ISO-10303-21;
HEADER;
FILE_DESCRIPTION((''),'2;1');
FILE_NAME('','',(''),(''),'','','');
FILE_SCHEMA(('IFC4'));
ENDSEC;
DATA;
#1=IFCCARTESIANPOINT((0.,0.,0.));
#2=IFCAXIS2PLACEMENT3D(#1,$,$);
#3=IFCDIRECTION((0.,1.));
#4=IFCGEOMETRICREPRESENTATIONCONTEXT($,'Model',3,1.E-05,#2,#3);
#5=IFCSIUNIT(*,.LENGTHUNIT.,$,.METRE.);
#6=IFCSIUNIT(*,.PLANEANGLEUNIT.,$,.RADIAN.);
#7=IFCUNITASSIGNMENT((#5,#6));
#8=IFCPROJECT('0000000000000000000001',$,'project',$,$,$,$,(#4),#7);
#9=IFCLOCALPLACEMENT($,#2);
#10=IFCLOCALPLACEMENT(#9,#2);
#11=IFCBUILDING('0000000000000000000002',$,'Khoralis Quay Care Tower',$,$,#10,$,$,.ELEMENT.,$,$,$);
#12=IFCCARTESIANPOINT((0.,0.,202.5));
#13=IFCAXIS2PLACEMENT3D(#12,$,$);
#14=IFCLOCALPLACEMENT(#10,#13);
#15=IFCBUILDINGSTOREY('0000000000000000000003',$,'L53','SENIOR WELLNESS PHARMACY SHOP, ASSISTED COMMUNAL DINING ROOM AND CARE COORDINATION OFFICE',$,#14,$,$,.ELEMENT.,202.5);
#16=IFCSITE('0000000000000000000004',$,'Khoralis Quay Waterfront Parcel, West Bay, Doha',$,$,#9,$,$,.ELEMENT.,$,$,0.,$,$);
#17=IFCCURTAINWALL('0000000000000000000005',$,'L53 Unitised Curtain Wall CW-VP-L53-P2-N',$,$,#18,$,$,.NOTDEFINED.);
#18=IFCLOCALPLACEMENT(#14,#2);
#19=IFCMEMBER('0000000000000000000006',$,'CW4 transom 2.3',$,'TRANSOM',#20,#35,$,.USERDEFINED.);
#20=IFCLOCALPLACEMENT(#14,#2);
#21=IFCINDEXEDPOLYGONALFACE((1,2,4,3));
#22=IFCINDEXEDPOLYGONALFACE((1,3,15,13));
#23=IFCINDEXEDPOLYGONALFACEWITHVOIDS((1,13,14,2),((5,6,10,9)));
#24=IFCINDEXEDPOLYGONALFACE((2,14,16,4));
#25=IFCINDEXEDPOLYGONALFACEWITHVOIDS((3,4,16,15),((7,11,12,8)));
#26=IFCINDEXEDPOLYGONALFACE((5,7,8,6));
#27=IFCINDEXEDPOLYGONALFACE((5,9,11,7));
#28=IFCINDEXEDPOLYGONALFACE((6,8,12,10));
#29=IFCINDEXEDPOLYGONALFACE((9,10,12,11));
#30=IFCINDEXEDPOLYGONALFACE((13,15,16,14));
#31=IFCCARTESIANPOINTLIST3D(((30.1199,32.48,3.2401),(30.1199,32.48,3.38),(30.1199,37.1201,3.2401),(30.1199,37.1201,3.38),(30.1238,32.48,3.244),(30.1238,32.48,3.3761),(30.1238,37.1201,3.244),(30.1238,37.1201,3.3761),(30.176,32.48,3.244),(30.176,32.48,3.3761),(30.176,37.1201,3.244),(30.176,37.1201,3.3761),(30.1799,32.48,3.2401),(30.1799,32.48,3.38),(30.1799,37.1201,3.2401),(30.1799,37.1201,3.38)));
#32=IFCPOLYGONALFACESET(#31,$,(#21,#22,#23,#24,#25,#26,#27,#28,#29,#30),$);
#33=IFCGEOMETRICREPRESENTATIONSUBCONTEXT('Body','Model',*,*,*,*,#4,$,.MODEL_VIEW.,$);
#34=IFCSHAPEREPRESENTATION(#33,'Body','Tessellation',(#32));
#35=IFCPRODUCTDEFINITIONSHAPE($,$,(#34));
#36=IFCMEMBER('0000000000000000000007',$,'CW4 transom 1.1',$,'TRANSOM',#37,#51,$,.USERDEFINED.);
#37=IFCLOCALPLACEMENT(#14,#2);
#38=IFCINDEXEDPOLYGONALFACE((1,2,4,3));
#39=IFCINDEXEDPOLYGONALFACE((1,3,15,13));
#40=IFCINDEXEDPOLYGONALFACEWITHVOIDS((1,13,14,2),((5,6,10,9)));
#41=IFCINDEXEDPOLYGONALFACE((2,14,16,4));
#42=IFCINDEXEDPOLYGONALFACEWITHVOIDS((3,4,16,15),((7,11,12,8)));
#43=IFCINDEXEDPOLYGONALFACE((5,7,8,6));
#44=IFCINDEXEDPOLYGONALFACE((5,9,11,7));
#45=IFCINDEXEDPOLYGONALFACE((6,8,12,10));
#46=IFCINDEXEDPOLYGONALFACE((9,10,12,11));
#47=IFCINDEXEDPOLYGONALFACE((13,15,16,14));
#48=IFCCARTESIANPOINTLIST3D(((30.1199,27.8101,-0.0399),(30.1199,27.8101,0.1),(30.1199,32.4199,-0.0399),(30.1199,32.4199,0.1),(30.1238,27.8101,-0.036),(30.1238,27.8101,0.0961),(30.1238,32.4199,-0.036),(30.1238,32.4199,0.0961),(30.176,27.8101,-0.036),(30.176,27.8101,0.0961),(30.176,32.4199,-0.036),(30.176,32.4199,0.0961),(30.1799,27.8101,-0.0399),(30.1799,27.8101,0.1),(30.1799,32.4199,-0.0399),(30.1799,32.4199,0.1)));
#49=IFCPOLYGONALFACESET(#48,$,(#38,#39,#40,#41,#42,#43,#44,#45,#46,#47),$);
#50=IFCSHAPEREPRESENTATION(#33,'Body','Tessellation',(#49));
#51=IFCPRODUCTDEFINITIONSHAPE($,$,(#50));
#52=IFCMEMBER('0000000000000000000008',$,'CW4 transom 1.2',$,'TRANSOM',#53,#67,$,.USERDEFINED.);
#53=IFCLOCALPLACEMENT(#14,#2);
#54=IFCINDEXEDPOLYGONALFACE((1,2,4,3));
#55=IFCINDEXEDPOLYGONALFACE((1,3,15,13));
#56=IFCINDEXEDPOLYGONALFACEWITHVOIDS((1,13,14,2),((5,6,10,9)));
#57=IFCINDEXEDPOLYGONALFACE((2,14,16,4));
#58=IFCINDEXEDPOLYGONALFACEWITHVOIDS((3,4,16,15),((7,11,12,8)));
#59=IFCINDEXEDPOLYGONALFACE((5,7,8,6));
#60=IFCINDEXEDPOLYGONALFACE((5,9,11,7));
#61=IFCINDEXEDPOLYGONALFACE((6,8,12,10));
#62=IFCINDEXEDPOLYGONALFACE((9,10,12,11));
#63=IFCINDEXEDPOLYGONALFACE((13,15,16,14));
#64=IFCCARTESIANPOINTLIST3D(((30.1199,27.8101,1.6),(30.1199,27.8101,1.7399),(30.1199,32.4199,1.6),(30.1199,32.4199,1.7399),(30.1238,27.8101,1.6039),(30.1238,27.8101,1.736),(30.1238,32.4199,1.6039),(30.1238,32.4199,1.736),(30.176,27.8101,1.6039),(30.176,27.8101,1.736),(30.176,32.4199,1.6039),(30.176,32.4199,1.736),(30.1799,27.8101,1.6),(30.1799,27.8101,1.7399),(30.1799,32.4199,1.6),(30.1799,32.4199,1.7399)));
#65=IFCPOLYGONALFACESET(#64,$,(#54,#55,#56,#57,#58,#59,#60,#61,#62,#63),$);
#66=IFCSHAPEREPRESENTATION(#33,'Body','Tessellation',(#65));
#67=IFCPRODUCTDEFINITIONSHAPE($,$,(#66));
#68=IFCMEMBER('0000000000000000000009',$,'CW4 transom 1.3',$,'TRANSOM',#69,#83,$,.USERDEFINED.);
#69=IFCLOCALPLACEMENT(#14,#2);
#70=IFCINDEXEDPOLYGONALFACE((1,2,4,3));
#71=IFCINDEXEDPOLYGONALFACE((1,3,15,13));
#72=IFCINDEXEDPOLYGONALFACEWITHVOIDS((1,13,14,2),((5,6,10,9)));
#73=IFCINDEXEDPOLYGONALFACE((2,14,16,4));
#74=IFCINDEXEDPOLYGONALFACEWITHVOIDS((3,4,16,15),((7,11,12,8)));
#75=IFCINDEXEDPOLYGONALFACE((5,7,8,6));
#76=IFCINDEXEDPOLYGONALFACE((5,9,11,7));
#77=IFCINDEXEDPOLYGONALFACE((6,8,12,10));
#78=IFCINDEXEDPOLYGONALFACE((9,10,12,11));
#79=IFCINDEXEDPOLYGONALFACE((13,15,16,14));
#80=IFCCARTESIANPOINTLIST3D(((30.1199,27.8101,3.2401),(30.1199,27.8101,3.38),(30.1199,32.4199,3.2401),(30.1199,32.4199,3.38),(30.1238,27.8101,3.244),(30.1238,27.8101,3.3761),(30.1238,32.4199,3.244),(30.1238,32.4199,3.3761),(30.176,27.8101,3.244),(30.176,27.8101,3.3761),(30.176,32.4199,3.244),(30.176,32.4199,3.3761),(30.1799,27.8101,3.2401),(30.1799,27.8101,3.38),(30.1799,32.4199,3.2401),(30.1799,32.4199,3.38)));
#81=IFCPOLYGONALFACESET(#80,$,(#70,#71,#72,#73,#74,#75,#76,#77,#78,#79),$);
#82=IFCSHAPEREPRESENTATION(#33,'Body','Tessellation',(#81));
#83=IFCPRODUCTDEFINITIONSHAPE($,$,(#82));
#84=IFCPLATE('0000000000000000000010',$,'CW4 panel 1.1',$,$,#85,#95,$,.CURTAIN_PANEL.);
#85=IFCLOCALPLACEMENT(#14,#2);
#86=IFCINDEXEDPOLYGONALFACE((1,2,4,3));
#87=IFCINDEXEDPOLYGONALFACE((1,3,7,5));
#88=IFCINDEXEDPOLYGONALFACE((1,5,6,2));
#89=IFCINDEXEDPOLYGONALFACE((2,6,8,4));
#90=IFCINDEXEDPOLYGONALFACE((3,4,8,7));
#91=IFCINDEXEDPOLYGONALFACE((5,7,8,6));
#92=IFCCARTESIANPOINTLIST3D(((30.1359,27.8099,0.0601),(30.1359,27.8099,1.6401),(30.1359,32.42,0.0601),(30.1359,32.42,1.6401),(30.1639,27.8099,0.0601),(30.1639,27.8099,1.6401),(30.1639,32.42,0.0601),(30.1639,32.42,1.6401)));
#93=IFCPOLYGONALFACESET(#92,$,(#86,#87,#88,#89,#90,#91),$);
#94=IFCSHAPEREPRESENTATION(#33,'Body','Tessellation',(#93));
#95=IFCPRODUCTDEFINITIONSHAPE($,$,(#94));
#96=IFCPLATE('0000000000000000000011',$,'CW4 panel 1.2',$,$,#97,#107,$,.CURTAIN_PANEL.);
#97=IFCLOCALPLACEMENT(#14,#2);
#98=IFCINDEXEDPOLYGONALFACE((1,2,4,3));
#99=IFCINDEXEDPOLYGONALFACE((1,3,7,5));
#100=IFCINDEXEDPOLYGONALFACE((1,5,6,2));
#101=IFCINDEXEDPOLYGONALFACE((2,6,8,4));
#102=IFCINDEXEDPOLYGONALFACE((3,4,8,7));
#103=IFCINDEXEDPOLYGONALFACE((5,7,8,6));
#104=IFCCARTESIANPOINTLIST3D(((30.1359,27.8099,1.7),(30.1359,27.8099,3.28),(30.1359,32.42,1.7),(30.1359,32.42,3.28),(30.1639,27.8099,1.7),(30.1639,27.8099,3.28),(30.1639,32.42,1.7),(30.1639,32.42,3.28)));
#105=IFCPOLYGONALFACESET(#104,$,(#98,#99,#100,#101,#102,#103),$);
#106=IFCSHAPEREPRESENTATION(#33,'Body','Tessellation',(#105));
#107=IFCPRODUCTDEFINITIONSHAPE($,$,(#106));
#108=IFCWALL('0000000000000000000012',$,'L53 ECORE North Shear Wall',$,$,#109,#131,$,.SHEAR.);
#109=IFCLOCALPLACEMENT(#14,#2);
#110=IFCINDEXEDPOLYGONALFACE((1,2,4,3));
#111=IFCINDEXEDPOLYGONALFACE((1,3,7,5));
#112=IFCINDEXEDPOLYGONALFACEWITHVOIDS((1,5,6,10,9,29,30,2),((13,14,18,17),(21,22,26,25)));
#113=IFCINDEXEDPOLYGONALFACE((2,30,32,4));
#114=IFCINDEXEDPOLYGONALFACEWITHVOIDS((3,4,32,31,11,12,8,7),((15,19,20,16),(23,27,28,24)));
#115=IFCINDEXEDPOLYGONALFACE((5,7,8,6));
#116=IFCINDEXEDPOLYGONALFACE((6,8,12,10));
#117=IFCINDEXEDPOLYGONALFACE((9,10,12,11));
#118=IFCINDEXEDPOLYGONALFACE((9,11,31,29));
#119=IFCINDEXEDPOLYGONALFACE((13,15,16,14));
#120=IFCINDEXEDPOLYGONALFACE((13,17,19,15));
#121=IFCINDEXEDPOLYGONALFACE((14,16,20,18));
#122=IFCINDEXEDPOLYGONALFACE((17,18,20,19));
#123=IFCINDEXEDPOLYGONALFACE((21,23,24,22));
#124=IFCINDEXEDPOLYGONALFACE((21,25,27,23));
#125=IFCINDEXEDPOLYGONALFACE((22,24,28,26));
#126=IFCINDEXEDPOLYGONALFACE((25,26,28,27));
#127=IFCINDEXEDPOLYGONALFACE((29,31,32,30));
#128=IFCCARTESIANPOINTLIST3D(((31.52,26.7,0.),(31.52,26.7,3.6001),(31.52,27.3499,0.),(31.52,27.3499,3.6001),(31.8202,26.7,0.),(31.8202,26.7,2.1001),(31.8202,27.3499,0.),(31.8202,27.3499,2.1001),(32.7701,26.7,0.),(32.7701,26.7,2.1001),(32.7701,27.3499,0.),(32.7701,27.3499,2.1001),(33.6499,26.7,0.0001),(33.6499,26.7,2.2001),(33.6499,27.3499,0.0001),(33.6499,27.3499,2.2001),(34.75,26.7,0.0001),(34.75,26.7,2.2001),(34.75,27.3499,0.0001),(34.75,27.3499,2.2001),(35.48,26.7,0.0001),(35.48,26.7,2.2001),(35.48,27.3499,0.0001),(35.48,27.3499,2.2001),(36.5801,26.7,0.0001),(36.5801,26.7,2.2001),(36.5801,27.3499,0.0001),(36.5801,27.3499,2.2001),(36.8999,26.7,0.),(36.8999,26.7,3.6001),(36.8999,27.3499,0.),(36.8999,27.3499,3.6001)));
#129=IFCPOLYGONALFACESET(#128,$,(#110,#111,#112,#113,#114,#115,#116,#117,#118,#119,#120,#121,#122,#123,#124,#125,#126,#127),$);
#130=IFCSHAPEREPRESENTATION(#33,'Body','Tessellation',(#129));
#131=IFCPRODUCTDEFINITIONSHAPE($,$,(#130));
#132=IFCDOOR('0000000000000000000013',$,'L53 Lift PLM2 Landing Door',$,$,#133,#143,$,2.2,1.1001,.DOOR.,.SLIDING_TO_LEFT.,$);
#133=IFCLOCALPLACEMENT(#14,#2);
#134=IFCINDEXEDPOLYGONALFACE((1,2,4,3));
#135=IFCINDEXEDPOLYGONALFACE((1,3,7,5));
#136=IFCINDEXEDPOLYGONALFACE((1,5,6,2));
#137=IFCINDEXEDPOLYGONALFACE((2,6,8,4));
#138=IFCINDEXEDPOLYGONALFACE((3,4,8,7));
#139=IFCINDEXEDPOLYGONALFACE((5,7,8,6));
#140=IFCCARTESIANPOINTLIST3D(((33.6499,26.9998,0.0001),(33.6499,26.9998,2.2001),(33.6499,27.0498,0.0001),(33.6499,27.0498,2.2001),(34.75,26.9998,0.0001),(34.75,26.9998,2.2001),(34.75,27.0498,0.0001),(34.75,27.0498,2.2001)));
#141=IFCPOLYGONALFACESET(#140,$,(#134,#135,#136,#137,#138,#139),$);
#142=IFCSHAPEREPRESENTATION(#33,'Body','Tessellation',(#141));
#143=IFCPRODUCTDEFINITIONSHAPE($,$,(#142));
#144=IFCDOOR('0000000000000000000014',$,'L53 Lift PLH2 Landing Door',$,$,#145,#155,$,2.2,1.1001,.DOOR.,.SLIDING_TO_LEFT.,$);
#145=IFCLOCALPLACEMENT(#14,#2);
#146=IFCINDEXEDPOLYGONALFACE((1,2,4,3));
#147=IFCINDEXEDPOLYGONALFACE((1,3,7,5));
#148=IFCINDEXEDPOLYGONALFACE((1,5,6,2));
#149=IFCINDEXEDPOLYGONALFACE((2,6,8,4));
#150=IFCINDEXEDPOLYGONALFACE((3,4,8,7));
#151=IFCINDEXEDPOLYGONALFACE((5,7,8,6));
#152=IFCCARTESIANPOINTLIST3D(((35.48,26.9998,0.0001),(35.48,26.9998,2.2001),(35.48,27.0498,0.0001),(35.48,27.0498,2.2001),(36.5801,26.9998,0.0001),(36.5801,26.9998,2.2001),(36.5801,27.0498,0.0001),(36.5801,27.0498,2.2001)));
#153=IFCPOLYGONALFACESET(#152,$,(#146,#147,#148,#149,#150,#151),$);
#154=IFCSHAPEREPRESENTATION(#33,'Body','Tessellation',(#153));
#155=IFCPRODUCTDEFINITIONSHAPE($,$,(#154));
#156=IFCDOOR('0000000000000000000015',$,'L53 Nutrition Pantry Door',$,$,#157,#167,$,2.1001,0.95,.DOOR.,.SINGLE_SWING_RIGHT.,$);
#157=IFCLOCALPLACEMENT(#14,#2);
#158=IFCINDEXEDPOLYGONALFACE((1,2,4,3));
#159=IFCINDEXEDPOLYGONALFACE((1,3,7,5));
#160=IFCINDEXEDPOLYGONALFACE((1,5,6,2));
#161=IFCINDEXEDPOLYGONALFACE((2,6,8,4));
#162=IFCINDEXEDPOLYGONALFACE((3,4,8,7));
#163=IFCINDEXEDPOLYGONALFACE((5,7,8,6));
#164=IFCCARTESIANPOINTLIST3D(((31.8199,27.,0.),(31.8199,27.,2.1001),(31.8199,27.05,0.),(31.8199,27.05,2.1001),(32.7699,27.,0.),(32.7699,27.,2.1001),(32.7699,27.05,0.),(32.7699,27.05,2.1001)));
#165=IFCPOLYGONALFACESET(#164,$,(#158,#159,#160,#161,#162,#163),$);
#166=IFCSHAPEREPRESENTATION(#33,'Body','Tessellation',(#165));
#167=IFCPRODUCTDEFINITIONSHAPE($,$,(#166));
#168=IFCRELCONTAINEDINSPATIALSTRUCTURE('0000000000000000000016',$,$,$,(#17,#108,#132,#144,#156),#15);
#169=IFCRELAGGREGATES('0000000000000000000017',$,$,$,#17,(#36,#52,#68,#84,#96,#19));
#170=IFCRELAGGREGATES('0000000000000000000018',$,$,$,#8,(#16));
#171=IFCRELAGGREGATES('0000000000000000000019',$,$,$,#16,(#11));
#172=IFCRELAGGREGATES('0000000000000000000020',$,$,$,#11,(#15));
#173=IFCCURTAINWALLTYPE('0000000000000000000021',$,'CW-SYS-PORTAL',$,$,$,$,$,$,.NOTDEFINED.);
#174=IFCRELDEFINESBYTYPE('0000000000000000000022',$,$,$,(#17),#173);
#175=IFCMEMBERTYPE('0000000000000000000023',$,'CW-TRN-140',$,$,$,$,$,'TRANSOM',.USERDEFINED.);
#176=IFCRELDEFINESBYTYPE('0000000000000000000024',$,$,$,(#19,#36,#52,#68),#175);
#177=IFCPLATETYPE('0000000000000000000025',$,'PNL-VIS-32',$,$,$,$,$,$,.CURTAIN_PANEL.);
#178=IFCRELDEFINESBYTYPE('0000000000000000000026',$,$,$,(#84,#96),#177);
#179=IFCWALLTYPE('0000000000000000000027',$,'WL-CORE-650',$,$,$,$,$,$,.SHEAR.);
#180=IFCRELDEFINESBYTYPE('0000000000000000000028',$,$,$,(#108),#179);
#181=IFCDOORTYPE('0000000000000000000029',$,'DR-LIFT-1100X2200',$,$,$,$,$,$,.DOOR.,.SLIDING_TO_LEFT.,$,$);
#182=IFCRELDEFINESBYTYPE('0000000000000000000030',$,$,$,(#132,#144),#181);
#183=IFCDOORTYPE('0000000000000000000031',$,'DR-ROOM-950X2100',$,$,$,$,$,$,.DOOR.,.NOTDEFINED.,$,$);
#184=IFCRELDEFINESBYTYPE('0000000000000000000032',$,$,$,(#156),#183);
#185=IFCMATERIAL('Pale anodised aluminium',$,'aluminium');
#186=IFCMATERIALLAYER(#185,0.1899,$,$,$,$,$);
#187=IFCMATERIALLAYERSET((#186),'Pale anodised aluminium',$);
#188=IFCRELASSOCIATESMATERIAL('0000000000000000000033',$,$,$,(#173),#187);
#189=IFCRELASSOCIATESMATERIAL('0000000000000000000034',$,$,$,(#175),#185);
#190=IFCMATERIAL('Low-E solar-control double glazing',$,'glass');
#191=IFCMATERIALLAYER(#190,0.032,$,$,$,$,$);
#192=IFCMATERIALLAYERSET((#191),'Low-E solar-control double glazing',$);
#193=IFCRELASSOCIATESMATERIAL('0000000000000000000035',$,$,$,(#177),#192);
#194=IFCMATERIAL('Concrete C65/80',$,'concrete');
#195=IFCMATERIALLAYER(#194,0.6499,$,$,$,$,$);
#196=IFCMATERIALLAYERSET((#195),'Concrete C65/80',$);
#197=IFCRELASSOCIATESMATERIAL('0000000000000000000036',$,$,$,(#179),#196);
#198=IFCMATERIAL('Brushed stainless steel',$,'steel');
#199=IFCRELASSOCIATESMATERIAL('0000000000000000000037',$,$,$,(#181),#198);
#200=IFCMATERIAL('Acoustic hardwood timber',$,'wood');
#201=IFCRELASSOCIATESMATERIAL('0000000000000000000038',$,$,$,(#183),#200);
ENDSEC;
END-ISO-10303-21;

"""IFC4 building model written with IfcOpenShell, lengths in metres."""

from ifc_helpers import new_model, si_unit, direction, frame, frame_2d, origin, origin_2d, place, context, subcontext, project, spatial, rectangle, hollow_rectangle, extrude, source, transform, mapped, material, layer, layer_set, material_profile, profile_set, type_object, element, fill, aggregate, save


model = new_model("IFC4")

# Units and contexts
model_context = context("Model", 3, precision=1e-05, world=origin(), true_north=direction((0.0, 1.0)))
body_context = subcontext(model_context, "Body", "Model", "MODEL_VIEW")
ifc_project = project(units=[si_unit("LENGTHUNIT", "METRE"), si_unit("PLANEANGLEUNIT", "RADIAN")], contexts=[model_context])

# Site, building, storey
site_placement = place(None, origin())
site = spatial("IfcSite", under=ifc_project, at=site_placement, Name="Khoralis Quay Waterfront Parcel, West Bay, Doha", CompositionType="ELEMENT", RefElevation=0.0)
building_placement = place(site_placement, origin())
building = spatial("IfcBuilding", under=site, at=building_placement, Name="Khoralis Quay Care Tower", CompositionType="ELEMENT")
storey_placement = place(building_placement, frame((0.0, 0.0, 202.5)))
storey = spatial("IfcBuildingStorey", under=building, at=storey_placement, Name="L53", Description="SENIOR WELLNESS PHARMACY SHOP, ASSISTED COMMUNAL DINING ROOM AND CARE COORDINATION OFFICE", CompositionType="ELEMENT", Elevation=202.5)

# Curtain wall, members, plates
ifc_material_1 = material(Name="Pale anodised aluminium", Category="aluminium")
ifc_layer_1 = layer(ifc_material_1, 0.1899)
ifc_layer_set_1 = layer_set([ifc_layer_1], Name="Pale anodised aluminium")
curtain_wall_type = type_object("IfcCurtainWallType", Name="CW-SYS-PORTAL", PredefinedType="NOTDEFINED", material=ifc_layer_set_1)
curtain_wall_placement = place(storey_placement, origin())
curtain_wall = element("IfcCurtainWall", 1, at=curtain_wall_placement, inside=storey, type_object=curtain_wall_type, Name="L53 Unitised Curtain Wall CW-VP-L53-P2-N", PredefinedType="NOTDEFINED")
ifc_material_profile_1 = material_profile(ifc_material_1, hollow_rectangle(XDim=0.0601, YDim=0.1399, WallThickness=0.0039, at=origin_2d()), Name="Pale anodised aluminium")
ifc_profile_set_1 = profile_set([ifc_material_profile_1], Name="Pale anodised aluminium")
member_type_1 = type_object("IfcMemberType", Name="CW-TRN-140", ElementType="TRANSOM", PredefinedType="USERDEFINED", material=ifc_profile_set_1)
shared_shape_1 = source(origin(), body_context, "Body", "SweptSolid", [
    extrude(hollow_rectangle(XDim=0.0601, YDim=0.1399, WallThickness=0.0039, at=origin_2d()), origin(), (0.0, 0.0, 1.0), 4.6401),
])
member_1_placement = place(storey_placement, frame((30.1499, 32.48, 3.3101), z_axis=(0.0, 1.0, 0.0), x_axis=(-1.0, 0.0, 0.0)))
member_1 = element("IfcMember", 2, at=member_1_placement, type_object=member_type_1, Name="CW4 transom 2.3", ObjectType="TRANSOM", PredefinedType="USERDEFINED", context=body_context, shape_type="MappedRepresentation", body=[
    mapped(shared_shape_1, transform((0.0, 0.0, 0.0), scale=1.0)),
])
shared_shape_2 = source(origin(), body_context, "Body", "SweptSolid", [
    extrude(hollow_rectangle(XDim=0.0601, YDim=0.1399, WallThickness=0.0039, at=origin_2d()), origin(), (0.0, 0.0, 1.0), 4.6099),
])
member_2_placement = place(storey_placement, frame((30.1499, 27.8101, 0.03), z_axis=(0.0, 1.0, 0.0), x_axis=(-1.0, 0.0, 0.0)))
member_2 = element("IfcMember", 3, at=member_2_placement, type_object=member_type_1, Name="CW4 transom 1.1", ObjectType="TRANSOM", PredefinedType="USERDEFINED", context=body_context, shape_type="MappedRepresentation", body=[
    mapped(shared_shape_2, transform((0.0, 0.0, 0.0), scale=1.0)),
])
member_3_placement = place(storey_placement, frame((30.1499, 27.8101, 1.6699), z_axis=(0.0, 1.0, 0.0), x_axis=(-1.0, 0.0, 0.0)))
member_3 = element("IfcMember", 4, at=member_3_placement, type_object=member_type_1, Name="CW4 transom 1.2", ObjectType="TRANSOM", PredefinedType="USERDEFINED", context=body_context, shape_type="MappedRepresentation", body=[
    mapped(shared_shape_2, transform((0.0, 0.0, 0.0), scale=1.0)),
])
member_4_placement = place(storey_placement, frame((30.1499, 27.8101, 3.3101), z_axis=(0.0, 1.0, 0.0), x_axis=(-1.0, 0.0, 0.0)))
member_4 = element("IfcMember", 5, at=member_4_placement, type_object=member_type_1, Name="CW4 transom 1.3", ObjectType="TRANSOM", PredefinedType="USERDEFINED", context=body_context, shape_type="MappedRepresentation", body=[
    mapped(shared_shape_2, transform((0.0, 0.0, 0.0), scale=1.0)),
])
ifc_material_2 = material(Name="Low-E solar-control double glazing", Category="glass")
ifc_layer_2 = layer(ifc_material_2, 0.032)
ifc_layer_set_2 = layer_set([ifc_layer_2], Name="Low-E solar-control double glazing")
plate_type = type_object("IfcPlateType", Name="PNL-VIS-32", PredefinedType="CURTAIN_PANEL", material=ifc_layer_set_2)
shared_shape_3 = source(origin(), body_context, "Body", "SweptSolid", [
    extrude(rectangle(XDim=4.6101, YDim=0.0281, at=origin_2d()), origin(), (0.0, 0.0, 1.0), 1.5801),
])
plate_1_placement = place(storey_placement, frame((30.1499, 30.115, 0.0601), z_axis=(0.0, 0.0, 1.0), x_axis=(0.0, 1.0, 0.0)))
plate_1 = element("IfcPlate", 6, at=plate_1_placement, type_object=plate_type, Name="CW4 panel 1.1", PredefinedType="CURTAIN_PANEL", context=body_context, shape_type="MappedRepresentation", body=[
    mapped(shared_shape_3, transform((0.0, 0.0, 0.0), scale=1.0)),
])
plate_2_placement = place(storey_placement, frame((30.1499, 30.115, 1.7), z_axis=(0.0, 0.0, 1.0), x_axis=(0.0, 1.0, 0.0)))
plate_2 = element("IfcPlate", 7, at=plate_2_placement, type_object=plate_type, Name="CW4 panel 1.2", PredefinedType="CURTAIN_PANEL", context=body_context, shape_type="MappedRepresentation", body=[
    mapped(shared_shape_3, transform((0.0, 0.0, 0.0), scale=1.0)),
])
aggregate(curtain_wall, [member_2, member_3, member_4, plate_1, plate_2, member_1])

# Wall, openings, doors
ifc_material_3 = material(Name="Concrete C65/80", Category="concrete")
ifc_layer_3 = layer(ifc_material_3, 0.6499)
ifc_layer_set_3 = layer_set([ifc_layer_3], Name="Concrete C65/80")
wall_type_1 = type_object("IfcWallType", Name="WL-CORE-650", PredefinedType="SHEAR", material=ifc_layer_set_3)
wall_1_placement = place(storey_placement, frame((31.52, 27.0249, 0.0), z_axis=(0.0, 0.0, 1.0), x_axis=(1.0, 0.0, 0.0)))
wall_1 = element("IfcWall", 8, at=wall_1_placement, inside=storey, type_object=wall_type_1, Name="L53 ECORE North Shear Wall", PredefinedType="SHEAR", context=body_context, shape_type="SweptSolid", body=[
    extrude(rectangle(XDim=5.3799, YDim=0.6499, at=frame_2d((2.6899, 0.0))), origin(), (0.0, 0.0, 1.0), 3.6001),
])
opening_1_placement = place(wall_1_placement, frame((0.3, 0.0, 0.0)))
opening_1 = element("IfcOpeningElement", 9, at=opening_1_placement, cuts=wall_1, PredefinedType="OPENING", context=body_context, shape_type="SweptSolid", body=[
    extrude(rectangle(XDim=0.95, YDim=2.1001, at=frame_2d((0.4751, 1.05))), frame((0.0, 0.335, 0.0), z_axis=(0.0, -1.0, 0.0), x_axis=(1.0, 0.0, 0.0)), (0.0, 0.0, 1.0), 0.6699),
])
opening_2_placement = place(wall_1_placement, frame((2.1299, 0.0, 0.0)))
opening_2 = element("IfcOpeningElement", 10, at=opening_2_placement, cuts=wall_1, PredefinedType="OPENING", context=body_context, shape_type="SweptSolid", body=[
    extrude(rectangle(XDim=1.1001, YDim=2.2, at=frame_2d((0.55, 1.1001))), frame((0.0, 0.335, 0.0), z_axis=(0.0, -1.0, 0.0), x_axis=(1.0, 0.0, 0.0)), (0.0, 0.0, 1.0), 0.6699),
])
opening_3_placement = place(wall_1_placement, frame((3.96, 0.0, 0.0)))
opening_3 = element("IfcOpeningElement", 11, at=opening_3_placement, cuts=wall_1, PredefinedType="OPENING", context=body_context, shape_type="SweptSolid", body=[
    extrude(rectangle(XDim=1.1001, YDim=2.2, at=frame_2d((0.55, 1.1001))), frame((0.0, 0.335, 0.0), z_axis=(0.0, -1.0, 0.0), x_axis=(1.0, 0.0, 0.0)), (0.0, 0.0, 1.0), 0.6699),
])
ifc_material_4 = material(Name="Brushed stainless steel", Category="steel")
door_type_1 = type_object("IfcDoorType", Name="DR-LIFT-1100X2200", OperationType="SLIDING_TO_LEFT", PredefinedType="DOOR", material=ifc_material_4)
shared_shape_4 = source(origin(), body_context, "Body", "SweptSolid", [
    extrude(rectangle(XDim=1.1001, YDim=2.2, at=frame_2d((0.55, 1.1001))), frame((0.0, 0.0249, 0.0), z_axis=(0.0, -1.0, 0.0), x_axis=(1.0, 0.0, 0.0)), (0.0, 0.0, 1.0), 0.05),
])
door_1_placement = place(opening_2_placement, origin())
door_1 = element("IfcDoor", 12, at=door_1_placement, inside=storey, type_object=door_type_1, Name="L53 Lift PLM2 Landing Door", OperationType="SLIDING_TO_LEFT", OverallHeight=2.2, OverallWidth=1.1001, PredefinedType="DOOR", context=body_context, shape_type="MappedRepresentation", body=[
    mapped(shared_shape_4, transform((0.0, 0.0, 0.0), scale=1.0)),
])
fill(opening_2, door_1)
door_2_placement = place(opening_3_placement, origin())
door_2 = element("IfcDoor", 13, at=door_2_placement, inside=storey, type_object=door_type_1, Name="L53 Lift PLH2 Landing Door", OperationType="SLIDING_TO_LEFT", OverallHeight=2.2, OverallWidth=1.1001, PredefinedType="DOOR", context=body_context, shape_type="MappedRepresentation", body=[
    mapped(shared_shape_4, transform((0.0, 0.0, 0.0), scale=1.0)),
])
fill(opening_3, door_2)
ifc_material_5 = material(Name="Acoustic hardwood timber", Category="wood")
door_type_2 = type_object("IfcDoorType", Name="DR-ROOM-950X2100", OperationType="NOTDEFINED", PredefinedType="DOOR", material=ifc_material_5)
shared_shape_5 = source(origin(), body_context, "Body", "SweptSolid", [
    extrude(rectangle(XDim=0.95, YDim=2.1001, at=frame_2d((0.4751, 1.05))), frame((0.0, 0.0249, 0.0), z_axis=(0.0, -1.0, 0.0), x_axis=(1.0, 0.0, 0.0)), (0.0, 0.0, 1.0), 0.05),
])
door_3_placement = place(opening_1_placement, frame((0.95, 0.0, 0.0), z_axis=(0.0, 0.0, 1.0), x_axis=(-1.0, 0.0, 0.0)))
door_3 = element("IfcDoor", 14, at=door_3_placement, inside=storey, type_object=door_type_2, Name="L53 Nutrition Pantry Door", OperationType="SINGLE_SWING_RIGHT", OverallHeight=2.1001, OverallWidth=0.95, PredefinedType="DOOR", context=body_context, shape_type="MappedRepresentation", body=[
    mapped(shared_shape_5, transform((0.0, 0.0, 0.0), scale=1.0)),
])
fill(opening_1, door_3)

save(model, "model.ifc")
